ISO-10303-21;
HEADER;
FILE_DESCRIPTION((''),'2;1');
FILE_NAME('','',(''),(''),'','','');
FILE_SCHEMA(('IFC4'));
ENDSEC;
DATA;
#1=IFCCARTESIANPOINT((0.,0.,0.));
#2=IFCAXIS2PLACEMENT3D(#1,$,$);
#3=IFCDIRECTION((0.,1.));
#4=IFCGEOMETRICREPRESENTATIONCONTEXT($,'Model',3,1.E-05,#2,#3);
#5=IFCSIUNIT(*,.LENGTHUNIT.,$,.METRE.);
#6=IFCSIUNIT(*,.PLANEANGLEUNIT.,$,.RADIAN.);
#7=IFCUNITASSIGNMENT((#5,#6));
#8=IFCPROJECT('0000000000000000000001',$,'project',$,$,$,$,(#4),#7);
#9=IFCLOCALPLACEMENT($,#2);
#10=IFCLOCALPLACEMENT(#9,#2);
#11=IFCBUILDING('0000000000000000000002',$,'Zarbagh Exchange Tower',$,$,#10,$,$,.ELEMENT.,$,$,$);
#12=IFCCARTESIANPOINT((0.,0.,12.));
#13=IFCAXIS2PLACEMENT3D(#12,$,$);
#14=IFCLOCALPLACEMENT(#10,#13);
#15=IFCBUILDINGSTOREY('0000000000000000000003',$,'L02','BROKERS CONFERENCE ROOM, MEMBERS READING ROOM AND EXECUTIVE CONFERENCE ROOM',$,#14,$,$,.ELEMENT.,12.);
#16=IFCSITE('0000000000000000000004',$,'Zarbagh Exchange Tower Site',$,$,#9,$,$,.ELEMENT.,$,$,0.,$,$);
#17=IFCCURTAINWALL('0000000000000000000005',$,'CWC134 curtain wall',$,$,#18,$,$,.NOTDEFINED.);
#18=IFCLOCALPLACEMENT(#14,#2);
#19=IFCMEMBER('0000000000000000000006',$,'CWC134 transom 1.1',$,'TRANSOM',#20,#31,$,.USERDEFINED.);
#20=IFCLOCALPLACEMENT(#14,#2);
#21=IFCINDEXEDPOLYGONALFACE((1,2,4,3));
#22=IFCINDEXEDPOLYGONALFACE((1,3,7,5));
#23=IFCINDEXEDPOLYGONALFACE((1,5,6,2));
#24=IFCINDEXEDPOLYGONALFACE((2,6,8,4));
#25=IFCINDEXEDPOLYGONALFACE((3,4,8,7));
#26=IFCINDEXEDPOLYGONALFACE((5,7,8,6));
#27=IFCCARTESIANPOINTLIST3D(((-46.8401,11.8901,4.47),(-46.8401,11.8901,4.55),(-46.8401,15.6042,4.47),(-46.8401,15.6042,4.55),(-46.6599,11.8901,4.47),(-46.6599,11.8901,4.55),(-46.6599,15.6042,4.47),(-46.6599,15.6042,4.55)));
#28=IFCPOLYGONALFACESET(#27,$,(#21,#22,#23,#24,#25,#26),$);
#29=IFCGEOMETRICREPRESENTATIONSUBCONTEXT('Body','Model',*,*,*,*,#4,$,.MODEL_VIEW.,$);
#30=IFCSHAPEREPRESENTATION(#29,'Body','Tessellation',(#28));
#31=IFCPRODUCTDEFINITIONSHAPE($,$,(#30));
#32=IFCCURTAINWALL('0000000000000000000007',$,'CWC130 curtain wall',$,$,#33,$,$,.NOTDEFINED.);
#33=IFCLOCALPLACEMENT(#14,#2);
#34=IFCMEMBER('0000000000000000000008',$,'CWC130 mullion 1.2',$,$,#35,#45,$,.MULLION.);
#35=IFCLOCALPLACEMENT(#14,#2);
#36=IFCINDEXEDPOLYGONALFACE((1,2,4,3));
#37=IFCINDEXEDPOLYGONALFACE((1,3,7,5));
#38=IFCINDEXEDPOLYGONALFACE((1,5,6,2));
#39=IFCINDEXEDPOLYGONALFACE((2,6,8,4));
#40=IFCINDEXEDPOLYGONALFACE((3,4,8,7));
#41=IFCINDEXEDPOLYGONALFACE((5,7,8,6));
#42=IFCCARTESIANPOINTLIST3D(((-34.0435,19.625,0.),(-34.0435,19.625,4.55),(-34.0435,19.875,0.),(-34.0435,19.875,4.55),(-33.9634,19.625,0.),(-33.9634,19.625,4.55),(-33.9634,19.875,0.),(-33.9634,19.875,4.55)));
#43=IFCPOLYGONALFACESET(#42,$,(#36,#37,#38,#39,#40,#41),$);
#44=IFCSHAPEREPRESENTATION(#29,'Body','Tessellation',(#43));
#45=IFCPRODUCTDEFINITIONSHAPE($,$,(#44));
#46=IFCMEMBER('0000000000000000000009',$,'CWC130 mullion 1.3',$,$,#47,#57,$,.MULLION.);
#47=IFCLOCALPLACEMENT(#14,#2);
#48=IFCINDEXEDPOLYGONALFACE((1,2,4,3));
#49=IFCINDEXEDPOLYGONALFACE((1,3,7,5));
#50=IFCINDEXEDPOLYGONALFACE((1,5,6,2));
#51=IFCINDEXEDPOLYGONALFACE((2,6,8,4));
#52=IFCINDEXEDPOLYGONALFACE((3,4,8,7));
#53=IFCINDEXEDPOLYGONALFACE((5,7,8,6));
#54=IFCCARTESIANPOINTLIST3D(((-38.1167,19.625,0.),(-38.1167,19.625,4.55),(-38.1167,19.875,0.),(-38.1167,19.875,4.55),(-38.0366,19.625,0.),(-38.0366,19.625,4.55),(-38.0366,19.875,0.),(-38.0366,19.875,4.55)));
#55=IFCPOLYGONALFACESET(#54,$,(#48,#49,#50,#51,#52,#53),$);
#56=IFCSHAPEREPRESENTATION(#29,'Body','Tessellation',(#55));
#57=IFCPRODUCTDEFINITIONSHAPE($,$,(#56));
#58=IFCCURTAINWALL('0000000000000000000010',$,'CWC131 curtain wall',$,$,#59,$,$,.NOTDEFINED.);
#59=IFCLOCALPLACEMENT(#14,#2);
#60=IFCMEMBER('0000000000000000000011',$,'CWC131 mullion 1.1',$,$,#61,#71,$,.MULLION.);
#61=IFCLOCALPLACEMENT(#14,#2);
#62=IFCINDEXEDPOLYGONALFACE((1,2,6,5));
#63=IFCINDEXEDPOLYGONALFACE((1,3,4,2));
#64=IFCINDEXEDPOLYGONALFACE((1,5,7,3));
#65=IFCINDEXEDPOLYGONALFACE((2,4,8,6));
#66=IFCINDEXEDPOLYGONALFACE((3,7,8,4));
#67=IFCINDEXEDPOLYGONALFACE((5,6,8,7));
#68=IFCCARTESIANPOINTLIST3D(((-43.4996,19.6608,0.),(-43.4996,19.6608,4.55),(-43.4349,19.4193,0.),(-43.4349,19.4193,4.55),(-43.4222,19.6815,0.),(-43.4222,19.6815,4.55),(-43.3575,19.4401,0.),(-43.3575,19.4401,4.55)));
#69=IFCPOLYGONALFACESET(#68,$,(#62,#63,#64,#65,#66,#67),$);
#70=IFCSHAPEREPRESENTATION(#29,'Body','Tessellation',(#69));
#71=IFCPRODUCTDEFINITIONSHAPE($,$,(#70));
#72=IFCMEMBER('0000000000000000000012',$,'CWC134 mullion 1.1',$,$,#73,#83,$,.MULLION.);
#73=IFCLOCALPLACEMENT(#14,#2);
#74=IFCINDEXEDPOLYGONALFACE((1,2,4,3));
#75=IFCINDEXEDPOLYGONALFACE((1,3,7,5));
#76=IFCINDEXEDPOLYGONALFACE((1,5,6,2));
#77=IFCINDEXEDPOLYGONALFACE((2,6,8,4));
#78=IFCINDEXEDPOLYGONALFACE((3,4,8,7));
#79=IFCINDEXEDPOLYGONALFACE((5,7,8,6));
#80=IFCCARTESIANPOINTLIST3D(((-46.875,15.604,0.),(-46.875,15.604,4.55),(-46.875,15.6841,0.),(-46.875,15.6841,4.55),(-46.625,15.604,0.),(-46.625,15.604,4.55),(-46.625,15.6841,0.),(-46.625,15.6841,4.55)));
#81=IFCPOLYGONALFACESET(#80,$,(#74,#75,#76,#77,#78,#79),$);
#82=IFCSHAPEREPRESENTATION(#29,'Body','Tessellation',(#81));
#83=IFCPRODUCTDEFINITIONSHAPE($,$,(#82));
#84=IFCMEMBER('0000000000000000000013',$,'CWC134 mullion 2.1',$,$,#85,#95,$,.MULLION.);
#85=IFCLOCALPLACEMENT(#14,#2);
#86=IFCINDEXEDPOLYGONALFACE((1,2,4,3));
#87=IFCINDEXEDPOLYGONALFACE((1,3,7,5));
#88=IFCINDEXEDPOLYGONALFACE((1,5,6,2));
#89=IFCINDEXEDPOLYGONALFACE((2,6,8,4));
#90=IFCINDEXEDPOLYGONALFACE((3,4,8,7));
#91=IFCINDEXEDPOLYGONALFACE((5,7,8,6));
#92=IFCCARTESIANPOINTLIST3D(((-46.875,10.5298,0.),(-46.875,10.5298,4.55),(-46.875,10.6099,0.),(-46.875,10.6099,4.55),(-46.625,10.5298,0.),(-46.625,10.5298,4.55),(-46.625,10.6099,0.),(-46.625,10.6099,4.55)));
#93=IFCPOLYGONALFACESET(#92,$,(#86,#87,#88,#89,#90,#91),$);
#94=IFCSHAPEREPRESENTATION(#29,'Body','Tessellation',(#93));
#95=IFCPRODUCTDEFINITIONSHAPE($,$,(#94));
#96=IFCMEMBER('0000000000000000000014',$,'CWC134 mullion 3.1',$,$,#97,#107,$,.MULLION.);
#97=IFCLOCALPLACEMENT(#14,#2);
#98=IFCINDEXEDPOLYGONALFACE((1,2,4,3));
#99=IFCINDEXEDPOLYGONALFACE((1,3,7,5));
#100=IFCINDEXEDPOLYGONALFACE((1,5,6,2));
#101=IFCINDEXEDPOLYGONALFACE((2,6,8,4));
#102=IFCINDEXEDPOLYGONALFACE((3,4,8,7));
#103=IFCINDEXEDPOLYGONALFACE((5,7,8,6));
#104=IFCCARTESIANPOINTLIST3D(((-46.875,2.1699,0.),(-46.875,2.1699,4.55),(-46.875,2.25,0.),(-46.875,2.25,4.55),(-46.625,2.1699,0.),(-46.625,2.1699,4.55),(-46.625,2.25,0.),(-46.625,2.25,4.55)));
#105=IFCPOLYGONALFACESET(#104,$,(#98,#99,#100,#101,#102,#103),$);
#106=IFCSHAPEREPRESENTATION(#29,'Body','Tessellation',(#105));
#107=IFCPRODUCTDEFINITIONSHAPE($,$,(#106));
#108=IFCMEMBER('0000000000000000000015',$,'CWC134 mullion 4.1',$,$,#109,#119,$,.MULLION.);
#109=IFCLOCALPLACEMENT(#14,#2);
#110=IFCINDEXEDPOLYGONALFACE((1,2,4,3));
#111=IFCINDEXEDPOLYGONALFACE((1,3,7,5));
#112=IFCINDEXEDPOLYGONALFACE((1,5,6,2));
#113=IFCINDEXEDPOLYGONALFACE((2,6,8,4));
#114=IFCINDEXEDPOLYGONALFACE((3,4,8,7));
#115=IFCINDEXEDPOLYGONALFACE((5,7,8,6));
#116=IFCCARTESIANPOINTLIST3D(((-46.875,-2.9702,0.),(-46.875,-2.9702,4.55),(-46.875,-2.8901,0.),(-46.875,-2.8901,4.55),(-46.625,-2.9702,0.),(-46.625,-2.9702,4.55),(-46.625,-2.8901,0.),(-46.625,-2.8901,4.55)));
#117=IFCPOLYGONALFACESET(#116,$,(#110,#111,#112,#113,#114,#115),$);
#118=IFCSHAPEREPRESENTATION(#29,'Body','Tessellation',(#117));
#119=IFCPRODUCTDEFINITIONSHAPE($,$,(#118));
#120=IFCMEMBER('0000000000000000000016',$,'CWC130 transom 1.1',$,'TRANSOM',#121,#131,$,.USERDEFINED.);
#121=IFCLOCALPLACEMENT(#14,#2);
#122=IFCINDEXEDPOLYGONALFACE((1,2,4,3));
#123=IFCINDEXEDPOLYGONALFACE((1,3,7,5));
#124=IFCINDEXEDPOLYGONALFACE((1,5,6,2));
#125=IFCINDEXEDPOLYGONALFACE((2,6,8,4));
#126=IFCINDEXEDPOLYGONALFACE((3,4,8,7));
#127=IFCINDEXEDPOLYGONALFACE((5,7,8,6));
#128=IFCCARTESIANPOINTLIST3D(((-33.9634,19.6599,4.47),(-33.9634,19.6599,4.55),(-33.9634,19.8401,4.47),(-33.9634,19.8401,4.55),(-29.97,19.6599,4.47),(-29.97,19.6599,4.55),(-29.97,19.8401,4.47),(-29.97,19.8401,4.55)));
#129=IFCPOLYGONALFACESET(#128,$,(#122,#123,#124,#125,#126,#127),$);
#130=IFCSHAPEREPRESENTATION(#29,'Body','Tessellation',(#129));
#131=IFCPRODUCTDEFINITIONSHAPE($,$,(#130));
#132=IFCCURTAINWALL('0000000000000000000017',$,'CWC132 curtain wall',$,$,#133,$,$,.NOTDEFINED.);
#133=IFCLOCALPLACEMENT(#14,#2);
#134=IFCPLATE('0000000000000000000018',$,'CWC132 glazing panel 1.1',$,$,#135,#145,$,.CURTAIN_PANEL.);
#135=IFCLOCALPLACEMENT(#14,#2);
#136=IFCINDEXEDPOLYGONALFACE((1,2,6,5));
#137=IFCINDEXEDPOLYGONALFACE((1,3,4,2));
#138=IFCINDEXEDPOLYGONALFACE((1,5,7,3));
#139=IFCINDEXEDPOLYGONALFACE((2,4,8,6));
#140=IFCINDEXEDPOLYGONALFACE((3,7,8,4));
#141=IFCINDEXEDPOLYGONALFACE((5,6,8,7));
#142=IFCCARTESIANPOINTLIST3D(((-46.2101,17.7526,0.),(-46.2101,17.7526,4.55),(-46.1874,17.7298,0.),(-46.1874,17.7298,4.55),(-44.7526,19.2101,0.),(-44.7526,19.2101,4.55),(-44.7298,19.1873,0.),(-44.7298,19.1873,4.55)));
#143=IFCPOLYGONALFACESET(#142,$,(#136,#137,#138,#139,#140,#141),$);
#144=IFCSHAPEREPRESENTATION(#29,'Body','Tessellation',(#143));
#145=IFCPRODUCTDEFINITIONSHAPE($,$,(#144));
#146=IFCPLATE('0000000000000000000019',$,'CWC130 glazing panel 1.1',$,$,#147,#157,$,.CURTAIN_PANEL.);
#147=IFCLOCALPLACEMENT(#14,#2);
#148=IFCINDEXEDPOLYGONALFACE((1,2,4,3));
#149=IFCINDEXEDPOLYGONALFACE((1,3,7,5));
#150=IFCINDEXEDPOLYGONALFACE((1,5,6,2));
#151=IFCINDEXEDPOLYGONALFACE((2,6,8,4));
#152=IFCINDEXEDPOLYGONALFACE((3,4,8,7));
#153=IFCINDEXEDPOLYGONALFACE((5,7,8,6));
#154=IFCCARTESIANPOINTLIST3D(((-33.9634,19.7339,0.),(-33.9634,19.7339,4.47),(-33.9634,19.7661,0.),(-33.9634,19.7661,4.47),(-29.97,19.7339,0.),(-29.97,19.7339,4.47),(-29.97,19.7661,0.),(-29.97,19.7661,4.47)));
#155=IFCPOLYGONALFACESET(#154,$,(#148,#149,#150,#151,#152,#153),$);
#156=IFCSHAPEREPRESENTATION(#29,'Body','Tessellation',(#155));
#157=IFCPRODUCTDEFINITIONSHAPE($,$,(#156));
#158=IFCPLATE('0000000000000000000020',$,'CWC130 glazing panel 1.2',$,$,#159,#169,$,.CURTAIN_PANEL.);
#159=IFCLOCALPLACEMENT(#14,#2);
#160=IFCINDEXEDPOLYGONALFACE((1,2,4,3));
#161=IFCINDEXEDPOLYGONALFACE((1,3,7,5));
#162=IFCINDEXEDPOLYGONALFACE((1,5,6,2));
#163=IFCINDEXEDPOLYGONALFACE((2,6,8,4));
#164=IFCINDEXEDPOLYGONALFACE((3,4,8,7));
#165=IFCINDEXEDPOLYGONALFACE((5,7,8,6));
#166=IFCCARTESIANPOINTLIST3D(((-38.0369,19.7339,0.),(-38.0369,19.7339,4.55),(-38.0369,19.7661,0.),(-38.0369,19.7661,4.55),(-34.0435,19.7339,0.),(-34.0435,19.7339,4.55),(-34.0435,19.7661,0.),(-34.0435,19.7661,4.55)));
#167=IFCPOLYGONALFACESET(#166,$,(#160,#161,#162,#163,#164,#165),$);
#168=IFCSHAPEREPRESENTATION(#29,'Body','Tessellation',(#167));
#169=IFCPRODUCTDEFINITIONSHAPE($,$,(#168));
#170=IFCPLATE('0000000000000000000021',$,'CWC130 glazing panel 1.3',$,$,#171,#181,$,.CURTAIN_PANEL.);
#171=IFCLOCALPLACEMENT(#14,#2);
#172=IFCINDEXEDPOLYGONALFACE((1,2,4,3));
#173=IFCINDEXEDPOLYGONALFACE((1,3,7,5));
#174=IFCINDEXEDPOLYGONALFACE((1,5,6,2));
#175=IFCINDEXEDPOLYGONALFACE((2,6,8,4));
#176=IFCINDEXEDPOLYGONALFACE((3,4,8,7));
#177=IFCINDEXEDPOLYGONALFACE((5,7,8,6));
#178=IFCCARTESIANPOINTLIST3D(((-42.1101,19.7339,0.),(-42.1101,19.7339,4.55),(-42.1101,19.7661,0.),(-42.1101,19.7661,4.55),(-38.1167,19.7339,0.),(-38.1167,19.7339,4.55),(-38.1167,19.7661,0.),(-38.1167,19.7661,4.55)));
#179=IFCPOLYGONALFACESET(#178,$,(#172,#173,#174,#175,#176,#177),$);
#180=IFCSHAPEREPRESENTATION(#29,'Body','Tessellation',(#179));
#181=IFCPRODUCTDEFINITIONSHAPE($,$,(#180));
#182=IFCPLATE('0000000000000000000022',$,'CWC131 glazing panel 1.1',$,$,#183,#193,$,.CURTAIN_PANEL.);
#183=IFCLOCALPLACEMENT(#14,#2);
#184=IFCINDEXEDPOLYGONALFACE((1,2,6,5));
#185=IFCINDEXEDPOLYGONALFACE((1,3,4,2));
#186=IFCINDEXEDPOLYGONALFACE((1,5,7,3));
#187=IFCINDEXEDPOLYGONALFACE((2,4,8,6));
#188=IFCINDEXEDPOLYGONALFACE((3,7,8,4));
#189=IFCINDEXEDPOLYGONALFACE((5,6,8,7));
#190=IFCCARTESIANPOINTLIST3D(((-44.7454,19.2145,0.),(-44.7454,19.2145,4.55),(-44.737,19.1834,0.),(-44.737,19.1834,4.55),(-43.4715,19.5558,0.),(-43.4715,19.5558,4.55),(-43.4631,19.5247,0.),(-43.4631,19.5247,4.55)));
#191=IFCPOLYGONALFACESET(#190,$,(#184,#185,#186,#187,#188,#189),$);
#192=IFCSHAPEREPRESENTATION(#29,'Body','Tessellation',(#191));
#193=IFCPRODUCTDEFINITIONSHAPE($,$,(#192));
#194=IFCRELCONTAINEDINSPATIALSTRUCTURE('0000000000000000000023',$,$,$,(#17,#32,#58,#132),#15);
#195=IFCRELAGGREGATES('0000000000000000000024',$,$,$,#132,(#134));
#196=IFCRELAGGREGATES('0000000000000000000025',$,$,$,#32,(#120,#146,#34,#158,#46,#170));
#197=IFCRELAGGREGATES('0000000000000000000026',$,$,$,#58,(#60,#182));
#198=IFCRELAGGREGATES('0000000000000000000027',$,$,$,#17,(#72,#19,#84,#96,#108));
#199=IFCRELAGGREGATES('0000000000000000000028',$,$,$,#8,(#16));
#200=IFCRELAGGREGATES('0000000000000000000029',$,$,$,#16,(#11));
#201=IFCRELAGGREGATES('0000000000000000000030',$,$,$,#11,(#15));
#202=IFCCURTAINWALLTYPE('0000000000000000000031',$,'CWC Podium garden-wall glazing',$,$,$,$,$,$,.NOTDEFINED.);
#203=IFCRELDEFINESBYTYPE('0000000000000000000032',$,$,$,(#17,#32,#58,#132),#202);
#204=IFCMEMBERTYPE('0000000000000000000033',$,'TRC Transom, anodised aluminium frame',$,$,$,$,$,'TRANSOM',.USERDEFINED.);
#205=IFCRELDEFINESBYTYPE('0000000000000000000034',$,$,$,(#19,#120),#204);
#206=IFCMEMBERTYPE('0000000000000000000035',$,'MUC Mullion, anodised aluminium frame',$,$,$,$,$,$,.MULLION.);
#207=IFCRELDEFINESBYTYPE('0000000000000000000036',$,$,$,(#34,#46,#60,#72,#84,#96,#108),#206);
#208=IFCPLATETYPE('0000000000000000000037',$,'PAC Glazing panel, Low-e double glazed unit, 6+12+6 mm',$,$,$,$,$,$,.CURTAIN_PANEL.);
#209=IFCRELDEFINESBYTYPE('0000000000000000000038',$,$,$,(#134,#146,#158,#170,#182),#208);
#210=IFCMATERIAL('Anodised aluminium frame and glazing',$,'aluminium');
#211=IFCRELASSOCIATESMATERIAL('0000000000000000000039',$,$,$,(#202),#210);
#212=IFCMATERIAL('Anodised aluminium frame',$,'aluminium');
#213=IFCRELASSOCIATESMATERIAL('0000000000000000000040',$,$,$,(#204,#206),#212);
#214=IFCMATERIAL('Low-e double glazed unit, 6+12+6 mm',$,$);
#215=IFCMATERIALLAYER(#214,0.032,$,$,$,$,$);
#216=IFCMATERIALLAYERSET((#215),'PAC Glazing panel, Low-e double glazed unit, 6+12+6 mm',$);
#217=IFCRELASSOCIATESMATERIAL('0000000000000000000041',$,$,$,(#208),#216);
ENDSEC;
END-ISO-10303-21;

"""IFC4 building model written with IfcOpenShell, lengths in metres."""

from ifc_helpers import new_model, si_unit, direction, frame, origin, place, context, subcontext, project, spatial, polyline, outline, extrude, source, transform, mapped, material, layer, layer_set, type_object, element, aggregate, save


model = new_model("IFC4")

# Units and contexts
model_context = context("Model", 3, precision=1e-05, world=origin(), true_north=direction((0.0, 1.0)))
body_context = subcontext(model_context, "Body", "Model", "MODEL_VIEW")
ifc_project = project(units=[si_unit("LENGTHUNIT", "METRE"), si_unit("PLANEANGLEUNIT", "RADIAN")], contexts=[model_context])

# Site, building, storey
site_placement = place(None, origin())
site = spatial("IfcSite", under=ifc_project, at=site_placement, Name="Zarbagh Exchange Tower Site", CompositionType="ELEMENT", RefElevation=0.0)
building_placement = place(site_placement, origin())
building = spatial("IfcBuilding", under=site, at=building_placement, Name="Zarbagh Exchange Tower", CompositionType="ELEMENT")
storey_placement = place(building_placement, frame((0.0, 0.0, 12.0)))
storey = spatial("IfcBuildingStorey", under=building, at=storey_placement, Name="L02", Description="BROKERS CONFERENCE ROOM, MEMBERS READING ROOM AND EXECUTIVE CONFERENCE ROOM", CompositionType="ELEMENT", Elevation=12.0)

# Curtain wall, member
ifc_material_1 = material(Name="Anodised aluminium frame and glazing", Category="aluminium")
curtain_wall_type = type_object("IfcCurtainWallType", Name="CWC Podium garden-wall glazing", PredefinedType="NOTDEFINED", material=ifc_material_1)
curtain_wall_1_placement = place(storey_placement, origin())
curtain_wall_1 = element("IfcCurtainWall", 1, at=curtain_wall_1_placement, inside=storey, type_object=curtain_wall_type, Name="CWC134 curtain wall", PredefinedType="NOTDEFINED")
ifc_material_2 = material(Name="Anodised aluminium frame", Category="aluminium")
member_type_1 = type_object("IfcMemberType", Name="TRC Transom, anodised aluminium frame", ElementType="TRANSOM", PredefinedType="USERDEFINED", material=ifc_material_2)
shared_shape_1 = source(origin(), body_context, "Body", "SweptSolid", [
    extrude(outline(polyline([(-0.0801, -0.0901), (0.0, -0.0901), (0.0, 0.0901), (-0.0801, 0.0901), (-0.0801, -0.0901)])), origin(), (0.0, 0.0, 1.0), 3.7141),
])
placement = place(storey_placement, origin())
member_1 = element("IfcMember", 2, at=placement, type_object=member_type_1, Name="CWC134 transom 1.1", ObjectType="TRANSOM", PredefinedType="USERDEFINED", context=body_context, shape_type="MappedRepresentation", body=[
    mapped(shared_shape_1, transform((-46.75, 15.6042, 4.55), x_axis=(0.0, 0.0, 1.0), y_axis=(-1.0, 0.0, 0.0), z_axis=(0.0, -1.0, 0.0))),
])

# Curtain wall, members
curtain_wall_2_placement = place(storey_placement, origin())
curtain_wall_2 = element("IfcCurtainWall", 3, at=curtain_wall_2_placement, inside=storey, type_object=curtain_wall_type, Name="CWC130 curtain wall", PredefinedType="NOTDEFINED")
member_type_2 = type_object("IfcMemberType", Name="MUC Mullion, anodised aluminium frame", PredefinedType="MULLION", material=ifc_material_2)
shared_shape_2 = source(origin(), body_context, "Body", "SweptSolid", [
    extrude(outline(polyline([(0.0, -0.125), (0.0801, -0.125), (0.0801, 0.125), (0.0, 0.125), (0.0, -0.125)])), origin(), (0.0, 0.0, 1.0), 4.55),
])
member_2 = element("IfcMember", 4, at=placement, type_object=member_type_2, Name="CWC130 mullion 1.2", PredefinedType="MULLION", context=body_context, shape_type="MappedRepresentation", body=[
    mapped(shared_shape_2, transform((-33.9634, 19.75, 0.0), x_axis=(-1.0, 0.0, 0.0), y_axis=(0.0, -1.0, 0.0), z_axis=(0.0, 0.0, 1.0))),
])
member_3 = element("IfcMember", 5, at=placement, type_object=member_type_2, Name="CWC130 mullion 1.3", PredefinedType="MULLION", context=body_context, shape_type="MappedRepresentation", body=[
    mapped(shared_shape_2, transform((-38.0366, 19.75, 0.0), x_axis=(-1.0, 0.0, 0.0), y_axis=(0.0, -1.0, 0.0), z_axis=(0.0, 0.0, 1.0))),
])

# Curtain wall, member
curtain_wall_3_placement = place(storey_placement, origin())
curtain_wall_3 = element("IfcCurtainWall", 6, at=curtain_wall_3_placement, inside=storey, type_object=curtain_wall_type, Name="CWC131 curtain wall", PredefinedType="NOTDEFINED")
member_4 = element("IfcMember", 7, at=placement, type_object=member_type_2, Name="CWC131 mullion 1.1", PredefinedType="MULLION", context=body_context, shape_type="MappedRepresentation", body=[
    mapped(shared_shape_2, transform((-43.3899, 19.5608, 0.0), x_axis=(-0.965924, -0.258825, 0.0), y_axis=(0.258825, -0.965924, 0.0), z_axis=(0.0, 0.0, 1.0))),
])

# Members
member_5 = element("IfcMember", 8, at=placement, type_object=member_type_2, Name="CWC134 mullion 1.1", PredefinedType="MULLION", context=body_context, shape_type="MappedRepresentation", body=[
    mapped(shared_shape_2, transform((-46.75, 15.6841, 0.0), x_axis=(0.0, -1.0, 0.0), y_axis=(1.0, 0.0, 0.0), z_axis=(0.0, 0.0, 1.0))),
])
member_6 = element("IfcMember", 9, at=placement, type_object=member_type_2, Name="CWC134 mullion 2.1", PredefinedType="MULLION", context=body_context, shape_type="MappedRepresentation", body=[
    mapped(shared_shape_2, transform((-46.75, 10.6099, 0.0), x_axis=(0.0, -1.0, 0.0), y_axis=(1.0, 0.0, 0.0), z_axis=(0.0, 0.0, 1.0))),
])
member_7 = element("IfcMember", 10, at=placement, type_object=member_type_2, Name="CWC134 mullion 3.1", PredefinedType="MULLION", context=body_context, shape_type="MappedRepresentation", body=[
    mapped(shared_shape_2, transform((-46.75, 2.25, 0.0), x_axis=(0.0, -1.0, 0.0), y_axis=(1.0, 0.0, 0.0), z_axis=(0.0, 0.0, 1.0))),
])
member_8 = element("IfcMember", 11, at=placement, type_object=member_type_2, Name="CWC134 mullion 4.1", PredefinedType="MULLION", context=body_context, shape_type="MappedRepresentation", body=[
    mapped(shared_shape_2, transform((-46.75, -2.8901, 0.0), x_axis=(0.0, -1.0, 0.0), y_axis=(1.0, 0.0, 0.0), z_axis=(0.0, 0.0, 1.0))),
])
shared_shape_3 = source(origin(), body_context, "Body", "SweptSolid", [
    extrude(outline(polyline([(-0.0801, -0.0901), (0.0, -0.0901), (0.0, 0.0901), (-0.0801, 0.0901), (-0.0801, -0.0901)])), origin(), (0.0, 0.0, 1.0), 3.9934),
])
member_9 = element("IfcMember", 12, at=placement, type_object=member_type_1, Name="CWC130 transom 1.1", ObjectType="TRANSOM", PredefinedType="USERDEFINED", context=body_context, shape_type="MappedRepresentation", body=[
    mapped(shared_shape_3, transform((-29.97, 19.75, 4.55), x_axis=(0.0, 0.0, 1.0), y_axis=(0.0, 1.0, 0.0), z_axis=(-1.0, 0.0, 0.0))),
])

# Curtain wall, plate
curtain_wall_4_placement = place(storey_placement, origin())
curtain_wall_4 = element("IfcCurtainWall", 13, at=curtain_wall_4_placement, inside=storey, type_object=curtain_wall_type, Name="CWC132 curtain wall", PredefinedType="NOTDEFINED")
ifc_material_3 = material(Name="Low-e double glazed unit, 6+12+6 mm")
ifc_layer = layer(ifc_material_3, 0.032)
ifc_layer_set = layer_set([ifc_layer], Name="PAC Glazing panel, Low-e double glazed unit, 6+12+6 mm")
plate_type = type_object("IfcPlateType", Name="PAC Glazing panel, Low-e double glazed unit, 6+12+6 mm", PredefinedType="CURTAIN_PANEL", material=ifc_layer_set)
shared_shape_4 = source(origin(), body_context, "Body", "SweptSolid", [
    extrude(outline(polyline([(0.0, -0.0161), (2.0613, -0.0161), (2.0613, 0.0161), (0.0, 0.0161), (0.0, -0.0161)])), origin(), (0.0, 0.0, 1.0), 4.55),
])
plate_1 = element("IfcPlate", 14, at=placement, type_object=plate_type, Name="CWC132 glazing panel 1.1", PredefinedType="CURTAIN_PANEL", context=body_context, shape_type="MappedRepresentation", body=[
    mapped(shared_shape_4, transform((-44.7412, 19.1987, 0.0), x_axis=(-0.707107, -0.707107, 0.0), y_axis=(0.707107, -0.707107, 0.0), z_axis=(0.0, 0.0, 1.0))),
])
aggregate(curtain_wall_4, [plate_1])

# Plates
shared_shape_5 = source(origin(), body_context, "Body", "SweptSolid", [
    extrude(outline(polyline([(0.0, -0.0161), (3.9934, -0.0161), (3.9934, 0.0161), (0.0, 0.0161), (0.0, -0.0161)])), origin(), (0.0, 0.0, 1.0), 4.47),
])
plate_2 = element("IfcPlate", 15, at=placement, type_object=plate_type, Name="CWC130 glazing panel 1.1", PredefinedType="CURTAIN_PANEL", context=body_context, shape_type="MappedRepresentation", body=[
    mapped(shared_shape_5, transform((-29.97, 19.75, 0.0), x_axis=(-1.0, 0.0, 0.0), y_axis=(0.0, -1.0, 0.0), z_axis=(0.0, 0.0, 1.0))),
])
shared_shape_6 = source(origin(), body_context, "Body", "SweptSolid", [
    extrude(outline(polyline([(0.0, -0.0161), (3.9934, -0.0161), (3.9934, 0.0161), (0.0, 0.0161), (0.0, -0.0161)])), origin(), (0.0, 0.0, 1.0), 4.55),
])
plate_3 = element("IfcPlate", 16, at=placement, type_object=plate_type, Name="CWC130 glazing panel 1.2", PredefinedType="CURTAIN_PANEL", context=body_context, shape_type="MappedRepresentation", body=[
    mapped(shared_shape_6, transform((-34.0435, 19.75, 0.0), x_axis=(-1.0, 0.0, 0.0), y_axis=(0.0, -1.0, 0.0), z_axis=(0.0, 0.0, 1.0))),
])
plate_4 = element("IfcPlate", 17, at=placement, type_object=plate_type, Name="CWC130 glazing panel 1.3", PredefinedType="CURTAIN_PANEL", context=body_context, shape_type="MappedRepresentation", body=[
    mapped(shared_shape_6, transform((-38.1167, 19.75, 0.0), x_axis=(-1.0, 0.0, 0.0), y_axis=(0.0, -1.0, 0.0), z_axis=(0.0, 0.0, 1.0))),
])
aggregate(curtain_wall_2, [member_9, plate_2, member_2, plate_3, member_3, plate_4])
shared_shape_7 = source(origin(), body_context, "Body", "SweptSolid", [
    extrude(outline(polyline([(0.0, -0.0161), (1.3188, -0.0161), (1.3188, 0.0161), (0.0, 0.0161), (0.0, -0.0161)])), origin(), (0.0, 0.0, 1.0), 4.55),
])
plate_5 = element("IfcPlate", 18, at=placement, type_object=plate_type, Name="CWC131 glazing panel 1.1", PredefinedType="CURTAIN_PANEL", context=body_context, shape_type="MappedRepresentation", body=[
    mapped(shared_shape_7, transform((-43.4673, 19.5403, 0.0), x_axis=(-0.965924, -0.258825, 0.0), y_axis=(0.258825, -0.965924, 0.0), z_axis=(0.0, 0.0, 1.0))),
])
aggregate(curtain_wall_3, [member_4, plate_5])

aggregate(curtain_wall_1, [member_5, member_1, member_6, member_7, member_8])

save(model, "model.ifc")
